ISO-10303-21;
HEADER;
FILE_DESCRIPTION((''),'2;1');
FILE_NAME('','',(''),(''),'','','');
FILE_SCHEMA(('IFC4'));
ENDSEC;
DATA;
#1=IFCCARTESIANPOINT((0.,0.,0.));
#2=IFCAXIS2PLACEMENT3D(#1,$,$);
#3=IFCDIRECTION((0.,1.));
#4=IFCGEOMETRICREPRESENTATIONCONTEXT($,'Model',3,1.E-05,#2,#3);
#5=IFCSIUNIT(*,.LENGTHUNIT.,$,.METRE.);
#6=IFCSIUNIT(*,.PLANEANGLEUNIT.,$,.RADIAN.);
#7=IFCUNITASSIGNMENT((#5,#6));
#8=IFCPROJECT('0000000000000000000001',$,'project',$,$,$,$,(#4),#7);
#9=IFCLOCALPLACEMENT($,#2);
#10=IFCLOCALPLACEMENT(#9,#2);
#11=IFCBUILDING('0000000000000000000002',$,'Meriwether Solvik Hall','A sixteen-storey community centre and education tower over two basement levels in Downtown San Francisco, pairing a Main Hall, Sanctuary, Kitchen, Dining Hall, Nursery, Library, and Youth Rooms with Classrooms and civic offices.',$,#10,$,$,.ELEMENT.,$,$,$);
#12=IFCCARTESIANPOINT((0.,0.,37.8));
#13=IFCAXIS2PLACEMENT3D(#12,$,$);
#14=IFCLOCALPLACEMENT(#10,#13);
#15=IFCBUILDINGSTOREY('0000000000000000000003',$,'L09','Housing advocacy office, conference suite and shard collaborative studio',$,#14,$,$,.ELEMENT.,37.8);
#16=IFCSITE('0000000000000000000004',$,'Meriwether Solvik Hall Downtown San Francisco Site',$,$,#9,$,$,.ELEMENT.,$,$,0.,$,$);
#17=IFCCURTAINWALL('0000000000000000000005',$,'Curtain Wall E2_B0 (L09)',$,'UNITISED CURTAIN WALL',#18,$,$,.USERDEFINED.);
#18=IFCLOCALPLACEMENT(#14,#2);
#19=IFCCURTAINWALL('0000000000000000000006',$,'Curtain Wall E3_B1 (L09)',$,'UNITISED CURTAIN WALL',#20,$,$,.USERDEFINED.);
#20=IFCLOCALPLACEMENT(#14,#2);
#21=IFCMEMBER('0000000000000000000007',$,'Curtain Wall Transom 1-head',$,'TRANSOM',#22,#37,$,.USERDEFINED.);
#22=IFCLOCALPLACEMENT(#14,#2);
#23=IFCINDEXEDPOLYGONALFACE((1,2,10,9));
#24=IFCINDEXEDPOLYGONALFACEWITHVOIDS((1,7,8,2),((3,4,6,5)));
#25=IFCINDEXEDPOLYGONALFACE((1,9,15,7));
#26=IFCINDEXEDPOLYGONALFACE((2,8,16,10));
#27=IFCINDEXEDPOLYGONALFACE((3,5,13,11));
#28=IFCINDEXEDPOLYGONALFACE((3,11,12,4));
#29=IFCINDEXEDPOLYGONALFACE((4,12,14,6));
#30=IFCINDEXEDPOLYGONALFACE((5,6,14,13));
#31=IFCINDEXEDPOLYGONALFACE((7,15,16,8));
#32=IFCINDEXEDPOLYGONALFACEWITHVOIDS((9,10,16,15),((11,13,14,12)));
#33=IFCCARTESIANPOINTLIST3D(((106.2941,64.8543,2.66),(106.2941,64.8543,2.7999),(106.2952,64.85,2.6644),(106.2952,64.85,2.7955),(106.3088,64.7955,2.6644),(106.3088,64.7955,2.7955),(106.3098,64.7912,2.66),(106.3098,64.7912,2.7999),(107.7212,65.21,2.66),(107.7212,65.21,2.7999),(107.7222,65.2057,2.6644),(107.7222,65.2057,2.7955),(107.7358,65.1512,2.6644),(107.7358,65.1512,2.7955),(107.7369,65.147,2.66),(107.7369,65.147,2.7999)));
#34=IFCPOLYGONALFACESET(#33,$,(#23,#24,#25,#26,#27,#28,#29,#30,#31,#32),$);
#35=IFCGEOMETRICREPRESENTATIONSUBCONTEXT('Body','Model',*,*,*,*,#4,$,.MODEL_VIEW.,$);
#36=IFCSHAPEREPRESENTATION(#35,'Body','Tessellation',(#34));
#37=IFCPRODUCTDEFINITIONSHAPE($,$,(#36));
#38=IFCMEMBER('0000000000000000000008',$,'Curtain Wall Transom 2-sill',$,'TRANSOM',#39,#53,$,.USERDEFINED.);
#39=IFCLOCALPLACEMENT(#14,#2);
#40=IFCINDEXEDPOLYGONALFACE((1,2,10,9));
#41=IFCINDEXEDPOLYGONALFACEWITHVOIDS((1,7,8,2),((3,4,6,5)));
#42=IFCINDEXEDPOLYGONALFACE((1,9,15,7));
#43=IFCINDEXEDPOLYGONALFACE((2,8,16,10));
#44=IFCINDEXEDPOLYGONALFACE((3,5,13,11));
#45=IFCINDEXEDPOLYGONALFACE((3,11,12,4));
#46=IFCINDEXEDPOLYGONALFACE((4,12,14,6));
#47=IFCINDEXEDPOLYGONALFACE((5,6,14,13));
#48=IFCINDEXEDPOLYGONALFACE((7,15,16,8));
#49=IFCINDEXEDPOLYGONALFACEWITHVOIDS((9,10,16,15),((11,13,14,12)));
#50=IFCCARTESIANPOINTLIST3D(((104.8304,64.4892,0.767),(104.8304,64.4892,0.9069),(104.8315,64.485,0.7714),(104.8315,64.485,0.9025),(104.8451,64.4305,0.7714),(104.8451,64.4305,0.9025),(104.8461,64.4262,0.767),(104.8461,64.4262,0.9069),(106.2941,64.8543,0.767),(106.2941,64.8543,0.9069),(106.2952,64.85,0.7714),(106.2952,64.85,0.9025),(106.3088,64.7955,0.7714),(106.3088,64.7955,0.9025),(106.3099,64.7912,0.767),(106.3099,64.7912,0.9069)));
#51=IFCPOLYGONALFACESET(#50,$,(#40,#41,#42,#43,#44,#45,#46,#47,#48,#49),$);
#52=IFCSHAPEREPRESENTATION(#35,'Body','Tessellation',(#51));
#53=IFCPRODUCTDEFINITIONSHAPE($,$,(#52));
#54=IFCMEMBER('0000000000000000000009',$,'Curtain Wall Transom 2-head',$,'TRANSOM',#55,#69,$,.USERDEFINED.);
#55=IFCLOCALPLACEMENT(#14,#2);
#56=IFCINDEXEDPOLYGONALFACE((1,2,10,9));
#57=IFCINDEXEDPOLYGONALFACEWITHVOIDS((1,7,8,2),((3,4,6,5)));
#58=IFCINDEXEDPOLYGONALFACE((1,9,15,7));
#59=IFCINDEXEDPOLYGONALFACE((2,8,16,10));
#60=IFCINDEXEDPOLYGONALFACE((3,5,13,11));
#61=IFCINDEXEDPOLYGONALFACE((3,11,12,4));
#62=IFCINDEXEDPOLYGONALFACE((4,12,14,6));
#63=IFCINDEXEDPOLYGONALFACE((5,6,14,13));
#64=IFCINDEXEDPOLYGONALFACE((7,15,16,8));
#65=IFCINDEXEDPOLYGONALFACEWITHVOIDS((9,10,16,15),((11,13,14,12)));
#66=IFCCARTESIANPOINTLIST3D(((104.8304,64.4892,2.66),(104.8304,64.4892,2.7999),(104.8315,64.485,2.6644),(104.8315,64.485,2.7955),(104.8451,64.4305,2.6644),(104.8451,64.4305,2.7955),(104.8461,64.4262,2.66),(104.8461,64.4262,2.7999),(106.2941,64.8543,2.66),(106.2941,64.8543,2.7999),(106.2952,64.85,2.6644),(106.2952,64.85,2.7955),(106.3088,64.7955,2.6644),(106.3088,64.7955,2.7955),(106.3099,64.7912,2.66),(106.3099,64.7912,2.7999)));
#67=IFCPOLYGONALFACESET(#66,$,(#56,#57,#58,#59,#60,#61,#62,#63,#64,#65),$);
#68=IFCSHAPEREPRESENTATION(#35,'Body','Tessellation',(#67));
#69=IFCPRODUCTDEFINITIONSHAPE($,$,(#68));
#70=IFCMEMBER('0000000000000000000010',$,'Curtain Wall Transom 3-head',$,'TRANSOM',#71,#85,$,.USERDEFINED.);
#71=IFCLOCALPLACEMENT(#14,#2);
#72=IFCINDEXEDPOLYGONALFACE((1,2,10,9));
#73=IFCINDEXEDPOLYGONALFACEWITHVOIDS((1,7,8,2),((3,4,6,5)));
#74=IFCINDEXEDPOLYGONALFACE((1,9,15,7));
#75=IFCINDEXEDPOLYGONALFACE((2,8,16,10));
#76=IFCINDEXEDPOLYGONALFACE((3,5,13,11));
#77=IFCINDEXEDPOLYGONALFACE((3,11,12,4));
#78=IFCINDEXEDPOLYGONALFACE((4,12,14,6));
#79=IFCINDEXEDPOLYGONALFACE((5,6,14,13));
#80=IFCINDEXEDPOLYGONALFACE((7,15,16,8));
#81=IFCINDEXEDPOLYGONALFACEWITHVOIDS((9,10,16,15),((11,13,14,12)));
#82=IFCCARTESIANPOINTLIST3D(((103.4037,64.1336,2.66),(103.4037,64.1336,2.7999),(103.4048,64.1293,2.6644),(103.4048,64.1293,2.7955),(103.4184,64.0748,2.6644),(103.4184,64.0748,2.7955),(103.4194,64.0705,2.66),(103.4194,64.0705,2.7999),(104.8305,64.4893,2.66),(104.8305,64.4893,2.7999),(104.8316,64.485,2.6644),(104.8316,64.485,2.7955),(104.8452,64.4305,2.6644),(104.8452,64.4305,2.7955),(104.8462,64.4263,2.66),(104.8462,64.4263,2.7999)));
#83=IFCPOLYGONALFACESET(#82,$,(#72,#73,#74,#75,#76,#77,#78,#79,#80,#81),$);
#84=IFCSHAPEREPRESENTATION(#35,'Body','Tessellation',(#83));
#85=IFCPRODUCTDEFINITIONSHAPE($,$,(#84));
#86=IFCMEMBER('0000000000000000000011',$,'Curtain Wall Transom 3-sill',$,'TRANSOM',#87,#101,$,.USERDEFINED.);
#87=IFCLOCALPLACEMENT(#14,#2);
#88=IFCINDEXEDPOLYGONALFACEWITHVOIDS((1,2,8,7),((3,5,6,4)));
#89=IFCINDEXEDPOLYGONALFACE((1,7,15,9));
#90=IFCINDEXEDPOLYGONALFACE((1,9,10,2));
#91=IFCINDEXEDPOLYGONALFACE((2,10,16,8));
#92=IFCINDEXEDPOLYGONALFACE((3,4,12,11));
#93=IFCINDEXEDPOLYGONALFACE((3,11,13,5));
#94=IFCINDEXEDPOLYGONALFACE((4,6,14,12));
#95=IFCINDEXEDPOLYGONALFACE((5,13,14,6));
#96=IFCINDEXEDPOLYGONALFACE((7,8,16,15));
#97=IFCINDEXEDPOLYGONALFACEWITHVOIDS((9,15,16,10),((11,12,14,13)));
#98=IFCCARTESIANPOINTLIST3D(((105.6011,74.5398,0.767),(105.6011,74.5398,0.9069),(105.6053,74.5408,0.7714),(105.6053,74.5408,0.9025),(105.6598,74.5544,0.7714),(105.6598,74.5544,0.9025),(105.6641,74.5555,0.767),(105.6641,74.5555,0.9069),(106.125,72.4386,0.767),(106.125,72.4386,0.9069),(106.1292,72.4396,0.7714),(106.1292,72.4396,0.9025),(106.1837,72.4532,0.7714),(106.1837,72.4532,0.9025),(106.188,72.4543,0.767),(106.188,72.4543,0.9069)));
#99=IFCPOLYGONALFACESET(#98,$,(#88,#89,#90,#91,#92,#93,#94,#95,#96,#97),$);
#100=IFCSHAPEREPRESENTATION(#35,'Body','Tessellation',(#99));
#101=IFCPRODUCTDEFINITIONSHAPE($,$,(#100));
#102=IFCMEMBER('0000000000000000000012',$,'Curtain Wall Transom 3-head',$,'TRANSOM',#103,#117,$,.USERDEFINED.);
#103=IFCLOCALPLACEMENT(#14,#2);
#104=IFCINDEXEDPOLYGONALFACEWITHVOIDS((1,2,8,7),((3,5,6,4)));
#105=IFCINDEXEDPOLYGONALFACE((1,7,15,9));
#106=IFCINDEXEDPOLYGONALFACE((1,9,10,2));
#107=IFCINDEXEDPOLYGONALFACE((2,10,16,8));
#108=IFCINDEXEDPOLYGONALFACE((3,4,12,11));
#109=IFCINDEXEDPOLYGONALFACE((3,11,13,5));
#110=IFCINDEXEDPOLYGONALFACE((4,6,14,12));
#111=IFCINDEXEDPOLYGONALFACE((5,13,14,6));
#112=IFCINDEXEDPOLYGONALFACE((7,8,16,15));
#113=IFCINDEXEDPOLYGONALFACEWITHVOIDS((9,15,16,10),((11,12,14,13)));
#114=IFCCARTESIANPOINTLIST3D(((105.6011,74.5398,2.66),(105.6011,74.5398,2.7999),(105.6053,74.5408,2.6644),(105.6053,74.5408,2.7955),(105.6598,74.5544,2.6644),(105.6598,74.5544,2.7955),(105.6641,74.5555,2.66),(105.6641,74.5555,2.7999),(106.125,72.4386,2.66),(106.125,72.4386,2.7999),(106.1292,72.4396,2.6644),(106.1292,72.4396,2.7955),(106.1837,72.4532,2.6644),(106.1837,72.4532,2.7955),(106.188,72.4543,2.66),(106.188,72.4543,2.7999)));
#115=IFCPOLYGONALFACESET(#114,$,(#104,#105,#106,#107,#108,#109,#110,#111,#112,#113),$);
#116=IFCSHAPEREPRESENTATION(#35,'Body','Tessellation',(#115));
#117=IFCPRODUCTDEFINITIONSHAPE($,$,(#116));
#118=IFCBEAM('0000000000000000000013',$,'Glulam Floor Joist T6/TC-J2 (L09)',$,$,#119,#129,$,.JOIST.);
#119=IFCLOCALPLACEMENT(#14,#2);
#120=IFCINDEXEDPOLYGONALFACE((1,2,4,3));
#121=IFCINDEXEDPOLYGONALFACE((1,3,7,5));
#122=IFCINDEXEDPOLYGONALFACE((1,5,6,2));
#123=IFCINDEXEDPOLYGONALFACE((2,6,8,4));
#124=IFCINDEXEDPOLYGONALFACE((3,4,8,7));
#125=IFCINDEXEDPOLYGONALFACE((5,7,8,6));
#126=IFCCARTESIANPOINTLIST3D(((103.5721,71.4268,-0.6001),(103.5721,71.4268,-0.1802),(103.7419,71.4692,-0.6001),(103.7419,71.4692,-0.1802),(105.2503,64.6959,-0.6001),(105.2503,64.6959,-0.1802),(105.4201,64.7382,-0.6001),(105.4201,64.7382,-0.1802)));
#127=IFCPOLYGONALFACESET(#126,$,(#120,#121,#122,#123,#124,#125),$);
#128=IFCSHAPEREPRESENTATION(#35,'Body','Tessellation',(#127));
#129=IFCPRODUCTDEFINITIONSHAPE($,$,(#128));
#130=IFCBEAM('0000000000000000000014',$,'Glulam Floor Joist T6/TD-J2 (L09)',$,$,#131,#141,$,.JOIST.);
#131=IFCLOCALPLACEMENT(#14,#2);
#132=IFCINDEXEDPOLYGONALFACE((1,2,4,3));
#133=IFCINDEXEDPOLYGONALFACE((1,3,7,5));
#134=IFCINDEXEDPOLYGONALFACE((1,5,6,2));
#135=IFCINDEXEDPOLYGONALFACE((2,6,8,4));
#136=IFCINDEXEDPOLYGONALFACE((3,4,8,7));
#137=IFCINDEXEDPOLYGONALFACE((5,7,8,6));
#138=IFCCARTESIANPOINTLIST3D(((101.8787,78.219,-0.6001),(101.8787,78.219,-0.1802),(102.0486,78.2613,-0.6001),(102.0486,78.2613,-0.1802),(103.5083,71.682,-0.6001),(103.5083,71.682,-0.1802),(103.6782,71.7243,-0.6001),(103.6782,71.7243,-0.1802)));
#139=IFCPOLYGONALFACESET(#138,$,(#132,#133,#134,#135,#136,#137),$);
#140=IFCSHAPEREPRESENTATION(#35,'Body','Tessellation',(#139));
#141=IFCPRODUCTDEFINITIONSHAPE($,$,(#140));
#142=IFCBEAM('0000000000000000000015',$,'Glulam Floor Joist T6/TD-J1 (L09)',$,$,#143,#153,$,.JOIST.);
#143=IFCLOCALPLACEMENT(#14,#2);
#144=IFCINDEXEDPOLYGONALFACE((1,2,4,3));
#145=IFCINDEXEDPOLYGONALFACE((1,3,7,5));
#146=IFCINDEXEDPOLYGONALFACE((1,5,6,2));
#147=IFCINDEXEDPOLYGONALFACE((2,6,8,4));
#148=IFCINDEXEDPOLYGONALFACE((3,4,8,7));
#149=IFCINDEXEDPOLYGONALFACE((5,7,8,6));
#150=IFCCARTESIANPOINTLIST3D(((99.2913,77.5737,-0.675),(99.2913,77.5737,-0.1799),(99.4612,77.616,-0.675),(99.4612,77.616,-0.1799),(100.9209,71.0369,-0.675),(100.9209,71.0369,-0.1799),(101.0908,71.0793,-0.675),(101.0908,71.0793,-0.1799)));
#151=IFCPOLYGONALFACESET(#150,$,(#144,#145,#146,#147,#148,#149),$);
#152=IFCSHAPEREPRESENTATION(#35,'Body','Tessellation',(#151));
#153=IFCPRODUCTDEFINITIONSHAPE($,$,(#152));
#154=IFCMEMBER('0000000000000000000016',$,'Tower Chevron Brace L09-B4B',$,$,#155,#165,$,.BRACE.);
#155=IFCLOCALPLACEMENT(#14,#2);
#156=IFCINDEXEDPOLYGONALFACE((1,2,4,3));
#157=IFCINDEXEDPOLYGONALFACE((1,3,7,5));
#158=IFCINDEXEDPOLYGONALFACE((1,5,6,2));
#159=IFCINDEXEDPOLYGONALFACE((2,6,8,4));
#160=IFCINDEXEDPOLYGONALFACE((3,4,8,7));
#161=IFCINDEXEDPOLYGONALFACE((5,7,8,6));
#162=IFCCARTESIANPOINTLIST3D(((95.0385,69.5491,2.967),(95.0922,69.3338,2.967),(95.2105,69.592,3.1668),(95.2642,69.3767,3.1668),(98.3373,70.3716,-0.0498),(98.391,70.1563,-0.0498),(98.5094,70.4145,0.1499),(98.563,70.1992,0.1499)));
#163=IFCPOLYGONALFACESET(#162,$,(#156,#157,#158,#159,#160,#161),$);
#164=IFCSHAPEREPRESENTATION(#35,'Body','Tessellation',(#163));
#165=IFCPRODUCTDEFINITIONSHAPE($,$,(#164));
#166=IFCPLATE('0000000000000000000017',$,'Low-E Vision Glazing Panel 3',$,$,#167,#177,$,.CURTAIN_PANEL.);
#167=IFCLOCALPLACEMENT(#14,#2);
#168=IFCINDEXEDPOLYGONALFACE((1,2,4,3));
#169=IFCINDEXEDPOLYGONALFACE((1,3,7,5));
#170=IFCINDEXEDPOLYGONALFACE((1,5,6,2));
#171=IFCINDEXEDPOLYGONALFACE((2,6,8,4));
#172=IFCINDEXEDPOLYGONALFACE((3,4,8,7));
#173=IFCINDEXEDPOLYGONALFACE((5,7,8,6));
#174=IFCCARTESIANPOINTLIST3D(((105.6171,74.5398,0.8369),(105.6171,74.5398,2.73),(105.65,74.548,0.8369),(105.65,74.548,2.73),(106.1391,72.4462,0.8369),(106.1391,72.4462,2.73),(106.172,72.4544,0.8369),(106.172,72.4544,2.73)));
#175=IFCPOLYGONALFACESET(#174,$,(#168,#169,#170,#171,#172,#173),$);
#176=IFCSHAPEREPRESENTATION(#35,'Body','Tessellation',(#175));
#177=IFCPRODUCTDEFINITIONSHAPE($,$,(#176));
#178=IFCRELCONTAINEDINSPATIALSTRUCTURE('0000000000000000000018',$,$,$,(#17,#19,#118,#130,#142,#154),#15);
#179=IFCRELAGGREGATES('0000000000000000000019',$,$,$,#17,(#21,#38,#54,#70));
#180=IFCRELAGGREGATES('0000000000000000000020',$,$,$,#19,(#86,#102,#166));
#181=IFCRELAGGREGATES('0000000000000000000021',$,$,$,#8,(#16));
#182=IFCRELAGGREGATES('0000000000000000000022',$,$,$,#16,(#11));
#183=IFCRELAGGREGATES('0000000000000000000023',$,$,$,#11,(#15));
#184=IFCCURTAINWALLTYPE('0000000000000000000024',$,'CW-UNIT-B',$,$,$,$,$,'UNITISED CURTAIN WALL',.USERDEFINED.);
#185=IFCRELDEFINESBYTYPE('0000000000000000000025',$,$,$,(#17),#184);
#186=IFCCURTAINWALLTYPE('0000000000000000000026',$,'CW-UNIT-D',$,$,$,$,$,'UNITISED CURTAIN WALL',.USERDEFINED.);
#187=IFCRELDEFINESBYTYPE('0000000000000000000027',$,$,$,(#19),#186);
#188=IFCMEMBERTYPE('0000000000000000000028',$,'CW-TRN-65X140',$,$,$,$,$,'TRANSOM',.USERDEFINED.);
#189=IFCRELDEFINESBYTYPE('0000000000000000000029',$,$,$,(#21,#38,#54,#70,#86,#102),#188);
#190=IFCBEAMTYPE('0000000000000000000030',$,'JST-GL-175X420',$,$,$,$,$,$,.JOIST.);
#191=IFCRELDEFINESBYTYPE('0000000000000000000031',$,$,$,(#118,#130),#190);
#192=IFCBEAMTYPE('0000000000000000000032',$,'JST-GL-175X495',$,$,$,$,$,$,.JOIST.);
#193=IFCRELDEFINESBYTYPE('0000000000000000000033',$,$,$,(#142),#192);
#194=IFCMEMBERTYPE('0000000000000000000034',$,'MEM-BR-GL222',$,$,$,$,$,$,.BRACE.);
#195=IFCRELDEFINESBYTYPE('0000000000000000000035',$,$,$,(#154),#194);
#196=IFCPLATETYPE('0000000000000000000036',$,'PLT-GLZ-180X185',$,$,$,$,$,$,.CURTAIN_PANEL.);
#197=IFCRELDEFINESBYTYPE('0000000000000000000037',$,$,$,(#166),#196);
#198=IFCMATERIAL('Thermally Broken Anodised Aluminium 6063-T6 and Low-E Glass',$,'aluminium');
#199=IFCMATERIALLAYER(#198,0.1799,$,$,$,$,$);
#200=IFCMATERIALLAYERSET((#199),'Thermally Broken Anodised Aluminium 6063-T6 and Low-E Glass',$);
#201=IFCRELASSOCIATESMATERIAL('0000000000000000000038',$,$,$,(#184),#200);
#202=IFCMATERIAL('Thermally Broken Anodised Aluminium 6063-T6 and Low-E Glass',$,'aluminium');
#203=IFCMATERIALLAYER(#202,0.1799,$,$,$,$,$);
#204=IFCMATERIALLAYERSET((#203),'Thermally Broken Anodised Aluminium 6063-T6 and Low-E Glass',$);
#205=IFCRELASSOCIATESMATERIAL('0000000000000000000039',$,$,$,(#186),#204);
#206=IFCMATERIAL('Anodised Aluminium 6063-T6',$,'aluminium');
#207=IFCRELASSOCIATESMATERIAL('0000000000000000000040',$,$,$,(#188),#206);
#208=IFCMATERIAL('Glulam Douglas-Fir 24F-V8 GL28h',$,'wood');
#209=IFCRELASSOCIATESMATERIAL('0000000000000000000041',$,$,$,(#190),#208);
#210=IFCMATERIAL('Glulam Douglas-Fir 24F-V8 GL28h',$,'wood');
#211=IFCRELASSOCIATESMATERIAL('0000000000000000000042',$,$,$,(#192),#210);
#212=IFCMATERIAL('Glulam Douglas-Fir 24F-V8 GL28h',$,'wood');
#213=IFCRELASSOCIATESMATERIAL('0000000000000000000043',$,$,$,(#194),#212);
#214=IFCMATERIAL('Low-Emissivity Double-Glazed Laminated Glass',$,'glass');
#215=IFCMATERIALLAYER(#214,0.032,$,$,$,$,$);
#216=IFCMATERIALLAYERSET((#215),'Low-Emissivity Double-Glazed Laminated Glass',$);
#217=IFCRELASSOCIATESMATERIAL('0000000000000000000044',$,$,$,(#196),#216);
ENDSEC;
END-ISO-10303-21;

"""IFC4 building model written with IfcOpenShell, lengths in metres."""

from ifc_helpers import new_model, si_unit, direction, frame, origin, origin_2d, place, context, subcontext, project, spatial, rectangle, hollow_rectangle, extrude, material, layer, layer_set, material_profile, profile_set, type_object, element, aggregate, save


model = new_model("IFC4")

# Units and contexts
model_context = context("Model", 3, precision=1e-05, world=origin(), true_north=direction((0.0, 1.0)))
body_context = subcontext(model_context, "Body", "Model", "MODEL_VIEW")
ifc_project = project(units=[si_unit("LENGTHUNIT", "METRE"), si_unit("PLANEANGLEUNIT", "RADIAN")], contexts=[model_context])

# Site, building, storey
site_placement = place(None, origin())
site = spatial("IfcSite", under=ifc_project, at=site_placement, Name="Meriwether Solvik Hall Downtown San Francisco Site", CompositionType="ELEMENT", RefElevation=0.0)
building_placement = place(site_placement, origin())
building = spatial("IfcBuilding", under=site, at=building_placement, Name="Meriwether Solvik Hall", Description="A sixteen-storey community centre and education tower over two basement levels in Downtown San Francisco, pairing a Main Hall, Sanctuary, Kitchen, Dining Hall, Nursery, Library, and Youth Rooms with Classrooms and civic offices.", CompositionType="ELEMENT")
storey_placement = place(building_placement, frame((0.0, 0.0, 37.8)))
storey = spatial("IfcBuildingStorey", under=building, at=storey_placement, Name="L09", Description="Housing advocacy office, conference suite and shard collaborative studio", CompositionType="ELEMENT", Elevation=37.8)

# Curtain walls
ifc_material_1 = material(Name="Thermally Broken Anodised Aluminium 6063-T6 and Low-E Glass", Category="aluminium")
ifc_layer_1 = layer(ifc_material_1, 0.1799)
ifc_layer_set_1 = layer_set([ifc_layer_1], Name="Thermally Broken Anodised Aluminium 6063-T6 and Low-E Glass")
curtain_wall_type_1 = type_object("IfcCurtainWallType", Name="CW-UNIT-B", ElementType="UNITISED CURTAIN WALL", PredefinedType="USERDEFINED", material=ifc_layer_set_1)
curtain_wall_1_placement = place(storey_placement, origin())
curtain_wall_1 = element("IfcCurtainWall", 1, at=curtain_wall_1_placement, inside=storey, type_object=curtain_wall_type_1, Name="Curtain Wall E2_B0 (L09)", ObjectType="UNITISED CURTAIN WALL", PredefinedType="USERDEFINED")
ifc_material_2 = material(Name="Thermally Broken Anodised Aluminium 6063-T6 and Low-E Glass", Category="aluminium")
ifc_layer_2 = layer(ifc_material_2, 0.1799)
ifc_layer_set_2 = layer_set([ifc_layer_2], Name="Thermally Broken Anodised Aluminium 6063-T6 and Low-E Glass")
curtain_wall_type_2 = type_object("IfcCurtainWallType", Name="CW-UNIT-D", ElementType="UNITISED CURTAIN WALL", PredefinedType="USERDEFINED", material=ifc_layer_set_2)
curtain_wall_2_placement = place(storey_placement, origin())
curtain_wall_2 = element("IfcCurtainWall", 2, at=curtain_wall_2_placement, inside=storey, type_object=curtain_wall_type_2, Name="Curtain Wall E3_B1 (L09)", ObjectType="UNITISED CURTAIN WALL", PredefinedType="USERDEFINED")

# Members
ifc_material_3 = material(Name="Anodised Aluminium 6063-T6", Category="aluminium")
ifc_material_profile_1 = material_profile(ifc_material_3, hollow_rectangle(XDim=0.0649, YDim=0.1399, WallThickness=0.0044, at=origin_2d()), Name="CWT-65X140")
ifc_profile_set_1 = profile_set([ifc_material_profile_1], Name="Anodised Aluminium 6063-T6")
member_type_1 = type_object("IfcMemberType", Name="CW-TRN-65X140", ElementType="TRANSOM", PredefinedType="USERDEFINED", material=ifc_profile_set_1)
member_1_placement = place(storey_placement, frame((107.729, 65.1785, 2.73), z_axis=(-0.970308, -0.241872, 0.0), x_axis=(0.241872, -0.970308, 0.0)))
member_1 = element("IfcMember", 3, at=member_1_placement, type_object=member_type_1, Name="Curtain Wall Transom 1-head", ObjectType="TRANSOM", PredefinedType="USERDEFINED", context=body_context, shape_type="SweptSolid", body=[
    extrude(hollow_rectangle(XDim=0.0649, YDim=0.1399, WallThickness=0.0044, at=origin_2d()), origin(), (0.0, 0.0, 1.0), 1.4707),
])
member_2_placement = place(storey_placement, frame((106.302, 64.8228, 0.8369), z_axis=(-0.970285, -0.241964, 0.0), x_axis=(0.241964, -0.970285, 0.0)))
member_2 = element("IfcMember", 4, at=member_2_placement, type_object=member_type_1, Name="Curtain Wall Transom 2-sill", ObjectType="TRANSOM", PredefinedType="USERDEFINED", context=body_context, shape_type="SweptSolid", body=[
    extrude(hollow_rectangle(XDim=0.0649, YDim=0.1399, WallThickness=0.0044, at=origin_2d()), origin(), (0.0, 0.0, 1.0), 1.5085),
])
member_3_placement = place(storey_placement, frame((106.302, 64.8228, 2.73), z_axis=(-0.970285, -0.241964, 0.0), x_axis=(0.241964, -0.970285, 0.0)))
member_3 = element("IfcMember", 5, at=member_3_placement, type_object=member_type_1, Name="Curtain Wall Transom 2-head", ObjectType="TRANSOM", PredefinedType="USERDEFINED", context=body_context, shape_type="SweptSolid", body=[
    extrude(hollow_rectangle(XDim=0.0649, YDim=0.1399, WallThickness=0.0044, at=origin_2d()), origin(), (0.0, 0.0, 1.0), 1.5085),
])
member_4_placement = place(storey_placement, frame((104.8384, 64.4578, 2.73), z_axis=(-0.970299, -0.241911, 0.0), x_axis=(0.241911, -0.970299, 0.0)))
member_4 = element("IfcMember", 6, at=member_4_placement, type_object=member_type_1, Name="Curtain Wall Transom 3-head", ObjectType="TRANSOM", PredefinedType="USERDEFINED", context=body_context, shape_type="SweptSolid", body=[
    extrude(hollow_rectangle(XDim=0.0649, YDim=0.1399, WallThickness=0.0044, at=origin_2d()), origin(), (0.0, 0.0, 1.0), 1.4705),
])
member_5_placement = place(storey_placement, frame((105.6326, 74.5476, 0.8369), z_axis=(0.241925, -0.970295, 0.0), x_axis=(0.970295, 0.241925, 0.0)))
member_5 = element("IfcMember", 7, at=member_5_placement, type_object=member_type_1, Name="Curtain Wall Transom 3-sill", ObjectType="TRANSOM", PredefinedType="USERDEFINED", context=body_context, shape_type="SweptSolid", body=[
    extrude(hollow_rectangle(XDim=0.0649, YDim=0.1399, WallThickness=0.0044, at=origin_2d()), origin(), (0.0, 0.0, 1.0), 2.1655),
])
member_6_placement = place(storey_placement, frame((105.6326, 74.5476, 2.73), z_axis=(0.241925, -0.970295, 0.0), x_axis=(0.970295, 0.241925, 0.0)))
member_6 = element("IfcMember", 8, at=member_6_placement, type_object=member_type_1, Name="Curtain Wall Transom 3-head", ObjectType="TRANSOM", PredefinedType="USERDEFINED", context=body_context, shape_type="SweptSolid", body=[
    extrude(hollow_rectangle(XDim=0.0649, YDim=0.1399, WallThickness=0.0044, at=origin_2d()), origin(), (0.0, 0.0, 1.0), 2.1655),
])

# Beams
ifc_material_4 = material(Name="Glulam Douglas-Fir 24F-V8 GL28h", Category="wood")
ifc_material_profile_2 = material_profile(ifc_material_4, rectangle(XDim=0.175, YDim=0.4199, at=origin_2d()), Name="GLJ-175X420")
ifc_profile_set_2 = profile_set([ifc_material_profile_2], Name="Glulam Douglas-Fir 24F-V8 GL28h")
beam_type_1 = type_object("IfcBeamType", Name="JST-GL-175X420", PredefinedType="JOIST", material=ifc_profile_set_2)
beam_1_placement = place(storey_placement, frame((105.3352, 64.717, -0.3901), z_axis=(-0.241923, 0.970296, 0.0), x_axis=(-0.970296, -0.241923, 0.0)))
element("IfcBeam", 9, at=beam_1_placement, inside=storey, type_object=beam_type_1, Name="Glulam Floor Joist T6/TC-J2 (L09)", PredefinedType="JOIST", context=body_context, shape_type="SweptSolid", body=[
    extrude(rectangle(XDim=0.175, YDim=0.4199, at=origin_2d()), origin(), (0.0, 0.0, 1.0), 6.937),
])
beam_2_placement = place(storey_placement, frame((103.5933, 71.7031, -0.3901), z_axis=(-0.241888, 0.970304, 0.0), x_axis=(-0.970304, -0.241888, 0.0)))
element("IfcBeam", 10, at=beam_2_placement, inside=storey, type_object=beam_type_1, Name="Glulam Floor Joist T6/TD-J2 (L09)", PredefinedType="JOIST", context=body_context, shape_type="SweptSolid", body=[
    extrude(rectangle(XDim=0.175, YDim=0.4199, at=origin_2d()), origin(), (0.0, 0.0, 1.0), 6.7371),
])
ifc_material_5 = material(Name="Glulam Douglas-Fir 24F-V8 GL28h", Category="wood")
ifc_material_profile_3 = material_profile(ifc_material_5, rectangle(XDim=0.175, YDim=0.4951, at=origin_2d()), Name="GLJ-175X495")
ifc_profile_set_3 = profile_set([ifc_material_profile_3], Name="Glulam Douglas-Fir 24F-V8 GL28h")
beam_type_2 = type_object("IfcBeamType", Name="JST-GL-175X495", PredefinedType="JOIST", material=ifc_profile_set_3)
beam_3_placement = place(storey_placement, frame((101.0059, 71.0581, -0.4275), z_axis=(-0.241896, 0.970302, 0.0), x_axis=(-0.970302, -0.241896, 0.0)))
element("IfcBeam", 11, at=beam_3_placement, inside=storey, type_object=beam_type_2, Name="Glulam Floor Joist T6/TD-J1 (L09)", PredefinedType="JOIST", context=body_context, shape_type="SweptSolid", body=[
    extrude(rectangle(XDim=0.175, YDim=0.4951, at=origin_2d()), origin(), (0.0, 0.0, 1.0), 6.7368),
])

# Member
ifc_material_6 = material(Name="Glulam Douglas-Fir 24F-V8 GL28h", Category="wood")
ifc_material_profile_4 = material_profile(ifc_material_6, rectangle(XDim=0.2219, YDim=0.2671, at=origin_2d()), Name="GLM-222X267")
ifc_profile_set_4 = profile_set([ifc_material_profile_4], Name="Glulam Douglas-Fir 24F-V8 GL28h")
member_type_2 = type_object("IfcMemberType", Name="MEM-BR-GL222", PredefinedType="BRACE", material=ifc_profile_set_4)
member_7_placement = place(storey_placement, frame((98.4502, 70.2854, 0.05), z_axis=(-0.72576, -0.180957, 0.663722), x_axis=(0.241927, -0.970294, 0.0)))
element("IfcMember", 12, at=member_7_placement, inside=storey, type_object=member_type_2, Name="Tower Chevron Brace L09-B4B", PredefinedType="BRACE", context=body_context, shape_type="SweptSolid", body=[
    extrude(rectangle(XDim=0.2219, YDim=0.2671, at=origin_2d()), origin(), (0.0, 0.0, 1.0), 4.5454),
])

# Plate
ifc_material_7 = material(Name="Low-Emissivity Double-Glazed Laminated Glass", Category="glass")
ifc_layer_3 = layer(ifc_material_7, 0.032)
ifc_layer_set_3 = layer_set([ifc_layer_3], Name="Low-Emissivity Double-Glazed Laminated Glass")
plate_type_1 = type_object("IfcPlateType", Name="PLT-GLZ-180X185", PredefinedType="CURTAIN_PANEL", material=ifc_layer_set_3)
plate_1_placement = place(storey_placement, frame((105.8945, 73.4971, 0.8369), z_axis=(0.0, 0.0, 1.0), x_axis=(0.241922, -0.970296, 0.0)))
plate_1 = element("IfcPlate", 13, at=plate_1_placement, type_object=plate_type_1, Name="Low-E Vision Glazing Panel 3", PredefinedType="CURTAIN_PANEL", context=body_context, shape_type="SweptSolid", body=[
    extrude(rectangle(XDim=2.1577, YDim=0.0339, at=origin_2d()), origin(), (0.0, 0.0, 1.0), 1.8931),
])
aggregate(curtain_wall_1, [member_1, member_2, member_3, member_4])
aggregate(curtain_wall_2, [member_5, member_6, plate_1])

save(model, "model.ifc")
